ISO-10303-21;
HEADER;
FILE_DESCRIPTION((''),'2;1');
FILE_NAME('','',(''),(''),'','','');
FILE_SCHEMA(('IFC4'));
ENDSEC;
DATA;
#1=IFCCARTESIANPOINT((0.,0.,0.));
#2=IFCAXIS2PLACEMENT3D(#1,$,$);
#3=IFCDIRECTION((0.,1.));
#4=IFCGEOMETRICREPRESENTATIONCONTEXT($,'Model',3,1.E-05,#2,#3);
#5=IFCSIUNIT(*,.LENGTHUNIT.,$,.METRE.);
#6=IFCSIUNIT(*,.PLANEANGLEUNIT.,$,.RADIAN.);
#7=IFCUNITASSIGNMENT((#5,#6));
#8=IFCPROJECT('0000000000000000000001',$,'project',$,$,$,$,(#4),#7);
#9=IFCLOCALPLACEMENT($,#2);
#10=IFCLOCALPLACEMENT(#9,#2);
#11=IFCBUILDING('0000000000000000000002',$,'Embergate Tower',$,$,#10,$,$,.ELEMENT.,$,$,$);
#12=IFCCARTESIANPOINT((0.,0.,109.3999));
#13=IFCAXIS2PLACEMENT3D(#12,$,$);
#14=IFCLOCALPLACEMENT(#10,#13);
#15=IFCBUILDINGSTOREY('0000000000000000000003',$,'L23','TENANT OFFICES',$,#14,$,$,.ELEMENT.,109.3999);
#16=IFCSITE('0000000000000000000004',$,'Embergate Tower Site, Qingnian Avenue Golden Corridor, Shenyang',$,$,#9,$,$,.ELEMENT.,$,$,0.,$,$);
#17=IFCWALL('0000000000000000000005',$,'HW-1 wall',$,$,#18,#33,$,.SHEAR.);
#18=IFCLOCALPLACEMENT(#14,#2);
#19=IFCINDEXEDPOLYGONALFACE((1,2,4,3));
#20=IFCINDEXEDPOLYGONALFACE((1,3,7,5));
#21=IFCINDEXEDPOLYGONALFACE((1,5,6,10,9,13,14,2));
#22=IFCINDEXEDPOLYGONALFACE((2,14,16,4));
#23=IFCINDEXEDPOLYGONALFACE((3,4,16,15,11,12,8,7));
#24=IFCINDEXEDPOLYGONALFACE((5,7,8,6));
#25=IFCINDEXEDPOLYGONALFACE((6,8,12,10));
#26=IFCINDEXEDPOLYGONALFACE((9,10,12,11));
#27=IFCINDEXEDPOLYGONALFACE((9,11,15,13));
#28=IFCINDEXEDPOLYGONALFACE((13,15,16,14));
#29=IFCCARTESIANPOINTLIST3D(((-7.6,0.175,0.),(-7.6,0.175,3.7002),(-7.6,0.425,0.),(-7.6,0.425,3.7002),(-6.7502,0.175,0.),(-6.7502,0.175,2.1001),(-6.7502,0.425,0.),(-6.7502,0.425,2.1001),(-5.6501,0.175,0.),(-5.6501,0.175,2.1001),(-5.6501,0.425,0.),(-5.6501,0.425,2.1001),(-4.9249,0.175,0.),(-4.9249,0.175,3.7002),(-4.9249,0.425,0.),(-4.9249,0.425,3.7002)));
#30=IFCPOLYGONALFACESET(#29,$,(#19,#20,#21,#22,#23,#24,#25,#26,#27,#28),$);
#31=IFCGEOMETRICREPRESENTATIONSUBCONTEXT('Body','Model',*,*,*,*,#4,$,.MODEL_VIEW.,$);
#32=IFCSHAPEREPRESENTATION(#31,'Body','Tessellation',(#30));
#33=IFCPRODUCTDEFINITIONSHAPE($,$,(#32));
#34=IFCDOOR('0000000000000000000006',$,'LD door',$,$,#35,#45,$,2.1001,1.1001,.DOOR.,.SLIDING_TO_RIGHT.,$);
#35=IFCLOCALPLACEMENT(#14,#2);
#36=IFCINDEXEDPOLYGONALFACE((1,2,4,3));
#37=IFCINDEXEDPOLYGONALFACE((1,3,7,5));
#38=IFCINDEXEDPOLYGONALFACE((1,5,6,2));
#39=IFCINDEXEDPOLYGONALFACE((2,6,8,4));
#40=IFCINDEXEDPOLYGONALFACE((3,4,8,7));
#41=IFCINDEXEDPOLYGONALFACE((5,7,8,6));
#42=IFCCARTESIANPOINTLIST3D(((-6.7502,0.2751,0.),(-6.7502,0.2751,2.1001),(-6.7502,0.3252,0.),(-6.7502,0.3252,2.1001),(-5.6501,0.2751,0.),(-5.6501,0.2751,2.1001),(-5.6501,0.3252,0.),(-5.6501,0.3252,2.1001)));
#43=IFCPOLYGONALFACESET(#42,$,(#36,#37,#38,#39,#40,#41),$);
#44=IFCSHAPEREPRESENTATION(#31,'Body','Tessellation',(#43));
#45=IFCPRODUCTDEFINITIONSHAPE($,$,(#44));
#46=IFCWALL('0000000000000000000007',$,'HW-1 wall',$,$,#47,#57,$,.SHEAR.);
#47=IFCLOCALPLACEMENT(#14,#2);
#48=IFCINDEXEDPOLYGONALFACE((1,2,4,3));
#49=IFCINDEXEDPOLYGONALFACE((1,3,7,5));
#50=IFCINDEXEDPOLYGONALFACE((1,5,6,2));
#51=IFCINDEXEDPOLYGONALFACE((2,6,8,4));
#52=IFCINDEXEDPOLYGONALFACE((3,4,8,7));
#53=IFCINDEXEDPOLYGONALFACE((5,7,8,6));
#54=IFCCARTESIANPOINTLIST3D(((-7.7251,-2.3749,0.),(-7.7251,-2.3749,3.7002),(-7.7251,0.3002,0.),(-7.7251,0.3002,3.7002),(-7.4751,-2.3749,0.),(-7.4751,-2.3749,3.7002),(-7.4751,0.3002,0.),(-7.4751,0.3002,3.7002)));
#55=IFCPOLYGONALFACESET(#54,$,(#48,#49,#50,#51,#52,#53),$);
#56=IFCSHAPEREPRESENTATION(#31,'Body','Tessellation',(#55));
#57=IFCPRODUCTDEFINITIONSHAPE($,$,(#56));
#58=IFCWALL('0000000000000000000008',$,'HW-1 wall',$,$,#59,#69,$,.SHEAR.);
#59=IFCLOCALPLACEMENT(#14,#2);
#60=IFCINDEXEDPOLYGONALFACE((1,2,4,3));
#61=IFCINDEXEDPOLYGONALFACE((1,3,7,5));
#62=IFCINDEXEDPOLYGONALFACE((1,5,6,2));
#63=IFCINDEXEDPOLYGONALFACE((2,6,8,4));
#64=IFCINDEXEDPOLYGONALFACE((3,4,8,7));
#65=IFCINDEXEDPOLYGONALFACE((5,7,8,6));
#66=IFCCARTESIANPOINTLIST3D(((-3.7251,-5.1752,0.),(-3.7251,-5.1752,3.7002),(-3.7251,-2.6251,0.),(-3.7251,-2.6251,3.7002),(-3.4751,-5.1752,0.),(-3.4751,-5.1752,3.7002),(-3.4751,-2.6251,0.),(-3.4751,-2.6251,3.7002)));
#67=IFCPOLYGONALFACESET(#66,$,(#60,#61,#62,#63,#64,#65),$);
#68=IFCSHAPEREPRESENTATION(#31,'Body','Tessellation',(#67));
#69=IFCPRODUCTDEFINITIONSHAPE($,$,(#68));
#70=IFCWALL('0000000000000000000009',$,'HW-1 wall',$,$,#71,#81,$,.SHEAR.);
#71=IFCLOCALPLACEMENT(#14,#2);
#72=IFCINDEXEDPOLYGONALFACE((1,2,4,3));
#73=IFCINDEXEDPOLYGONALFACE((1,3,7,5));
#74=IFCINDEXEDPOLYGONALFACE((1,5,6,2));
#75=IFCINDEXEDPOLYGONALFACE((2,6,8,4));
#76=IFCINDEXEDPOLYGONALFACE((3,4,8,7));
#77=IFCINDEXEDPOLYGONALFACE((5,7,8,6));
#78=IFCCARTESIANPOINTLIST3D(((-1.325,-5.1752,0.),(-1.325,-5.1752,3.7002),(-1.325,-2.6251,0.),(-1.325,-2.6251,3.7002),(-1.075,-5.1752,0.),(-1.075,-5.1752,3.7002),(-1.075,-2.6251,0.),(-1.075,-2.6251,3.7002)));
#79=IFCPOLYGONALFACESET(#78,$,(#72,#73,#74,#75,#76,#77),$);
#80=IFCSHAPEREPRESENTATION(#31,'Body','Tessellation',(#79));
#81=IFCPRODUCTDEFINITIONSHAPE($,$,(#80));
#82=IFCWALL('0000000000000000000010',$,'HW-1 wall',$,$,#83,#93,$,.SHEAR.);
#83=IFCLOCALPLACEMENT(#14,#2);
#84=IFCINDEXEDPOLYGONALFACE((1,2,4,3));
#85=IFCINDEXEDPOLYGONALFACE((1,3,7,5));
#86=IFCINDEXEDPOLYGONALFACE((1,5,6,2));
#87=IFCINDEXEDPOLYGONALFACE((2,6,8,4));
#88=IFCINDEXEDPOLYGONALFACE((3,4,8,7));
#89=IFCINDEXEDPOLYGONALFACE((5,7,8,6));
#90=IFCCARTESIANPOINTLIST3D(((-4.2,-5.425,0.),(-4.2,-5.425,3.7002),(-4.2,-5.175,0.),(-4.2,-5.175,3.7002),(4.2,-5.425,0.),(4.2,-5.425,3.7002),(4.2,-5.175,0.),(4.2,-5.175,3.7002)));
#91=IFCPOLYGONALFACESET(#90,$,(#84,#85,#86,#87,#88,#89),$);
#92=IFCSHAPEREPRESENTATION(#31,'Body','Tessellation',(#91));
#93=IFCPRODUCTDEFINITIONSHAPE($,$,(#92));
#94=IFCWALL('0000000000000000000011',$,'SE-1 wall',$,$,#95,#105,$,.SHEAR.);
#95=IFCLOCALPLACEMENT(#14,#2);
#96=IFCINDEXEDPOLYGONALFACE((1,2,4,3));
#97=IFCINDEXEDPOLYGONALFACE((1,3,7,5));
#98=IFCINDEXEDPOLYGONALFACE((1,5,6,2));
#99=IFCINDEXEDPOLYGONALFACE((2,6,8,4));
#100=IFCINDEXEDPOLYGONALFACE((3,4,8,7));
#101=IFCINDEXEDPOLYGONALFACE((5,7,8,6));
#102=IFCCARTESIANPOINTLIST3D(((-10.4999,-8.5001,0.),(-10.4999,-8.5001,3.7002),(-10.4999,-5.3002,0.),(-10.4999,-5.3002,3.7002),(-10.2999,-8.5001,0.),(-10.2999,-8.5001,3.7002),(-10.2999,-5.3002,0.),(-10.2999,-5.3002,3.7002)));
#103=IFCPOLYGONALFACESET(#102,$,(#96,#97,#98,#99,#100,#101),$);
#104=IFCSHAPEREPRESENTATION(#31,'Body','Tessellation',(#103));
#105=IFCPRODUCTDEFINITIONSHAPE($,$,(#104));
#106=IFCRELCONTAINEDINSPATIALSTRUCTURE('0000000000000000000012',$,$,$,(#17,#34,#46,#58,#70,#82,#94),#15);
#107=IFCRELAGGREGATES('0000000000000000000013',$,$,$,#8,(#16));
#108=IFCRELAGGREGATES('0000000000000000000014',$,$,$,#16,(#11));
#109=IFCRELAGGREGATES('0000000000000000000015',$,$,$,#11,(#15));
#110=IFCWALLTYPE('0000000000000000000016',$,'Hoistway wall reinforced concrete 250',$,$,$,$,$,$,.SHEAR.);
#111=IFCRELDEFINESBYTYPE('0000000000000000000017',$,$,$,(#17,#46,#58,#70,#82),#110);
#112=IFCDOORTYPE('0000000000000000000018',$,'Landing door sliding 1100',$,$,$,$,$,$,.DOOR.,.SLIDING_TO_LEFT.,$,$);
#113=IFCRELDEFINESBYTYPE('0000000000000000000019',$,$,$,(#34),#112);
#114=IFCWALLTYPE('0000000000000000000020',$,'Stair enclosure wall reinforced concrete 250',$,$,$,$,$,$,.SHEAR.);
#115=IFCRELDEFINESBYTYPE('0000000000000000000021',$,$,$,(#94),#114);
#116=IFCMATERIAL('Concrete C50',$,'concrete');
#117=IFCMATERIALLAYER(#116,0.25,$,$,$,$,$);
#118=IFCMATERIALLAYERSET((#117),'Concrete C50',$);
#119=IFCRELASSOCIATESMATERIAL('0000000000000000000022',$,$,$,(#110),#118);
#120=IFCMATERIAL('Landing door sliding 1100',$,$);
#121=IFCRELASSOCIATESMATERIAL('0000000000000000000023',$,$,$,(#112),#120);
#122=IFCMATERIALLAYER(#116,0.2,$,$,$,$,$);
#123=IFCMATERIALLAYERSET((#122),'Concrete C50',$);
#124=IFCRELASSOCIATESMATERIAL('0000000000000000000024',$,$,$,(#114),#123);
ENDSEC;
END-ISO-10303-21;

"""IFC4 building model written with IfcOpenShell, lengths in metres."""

from ifc_helpers import new_model, si_unit, direction, frame, frame_2d, origin, place, context, subcontext, project, spatial, rectangle, extrude, source, transform, mapped, material, layer, layer_set, type_object, element, fill, save


model = new_model("IFC4")

# Units and contexts
model_context = context("Model", 3, precision=1e-05, world=origin(), true_north=direction((0.0, 1.0)))
body_context = subcontext(model_context, "Body", "Model", "MODEL_VIEW")
ifc_project = project(units=[si_unit("LENGTHUNIT", "METRE"), si_unit("PLANEANGLEUNIT", "RADIAN")], contexts=[model_context])

# Site, building, storey
site_placement = place(None, origin())
site = spatial("IfcSite", under=ifc_project, at=site_placement, Name="Embergate Tower Site, Qingnian Avenue Golden Corridor, Shenyang", CompositionType="ELEMENT", RefElevation=0.0)
building_placement = place(site_placement, origin())
building = spatial("IfcBuilding", under=site, at=building_placement, Name="Embergate Tower", CompositionType="ELEMENT")
storey_placement = place(building_placement, frame((0.0, 0.0, 109.3999)))
storey = spatial("IfcBuildingStorey", under=building, at=storey_placement, Name="L23", Description="TENANT OFFICES", CompositionType="ELEMENT", Elevation=109.3999)

# Shared definitions
ifc_material_1 = material(Name="Concrete C50", Category="concrete")
ifc_layer_1 = layer(ifc_material_1, 0.25)
ifc_layer_set_1 = layer_set([ifc_layer_1], Name="Concrete C50")
wall_type_1 = type_object("IfcWallType", Name="Hoistway wall reinforced concrete 250", PredefinedType="SHEAR", material=ifc_layer_set_1)
shared_shape_1 = source(origin(), body_context, "Body", "SweptSolid", [
    extrude(rectangle(XDim=2.675, YDim=0.25, at=frame_2d((1.3374, 0.0))), origin(), (0.0, 0.0, 1.0), 3.7002),
])

# Wall, opening, door
wall_1_placement = place(storey_placement, frame((-4.925, 0.3, 0.0), z_axis=(0.0, 0.0, 1.0), x_axis=(-1.0, 0.0, 0.0)))
wall_1 = element("IfcWall", 1, at=wall_1_placement, inside=storey, type_object=wall_type_1, Name="HW-1 wall", PredefinedType="SHEAR", context=body_context, shape_type="MappedRepresentation", body=[
    mapped(shared_shape_1, transform((0.0, 0.0, 0.0))),
])
shared_shape_2 = source(origin(), body_context, "Body", "SweptSolid", [
    extrude(rectangle(XDim=1.1001, YDim=2.1001, at=frame_2d((0.55, 1.05))), frame((0.0, 0.135, 0.0), z_axis=(0.0, -1.0, 0.0), x_axis=(1.0, 0.0, 0.0)), (0.0, 0.0, 1.0), 0.27),
])
opening_1_placement = place(wall_1_placement, frame((0.7251, 0.0, 0.0)))
opening_1 = element("IfcOpeningElement", 2, at=opening_1_placement, cuts=wall_1, PredefinedType="OPENING", context=body_context, shape_type="MappedRepresentation", body=[
    mapped(shared_shape_2, transform((0.0, 0.0, 0.0))),
])
ifc_material_2 = material(Name="Landing door sliding 1100")
door_type_1 = type_object("IfcDoorType", Name="Landing door sliding 1100", OperationType="SLIDING_TO_LEFT", PredefinedType="DOOR", material=ifc_material_2)
shared_shape_3 = source(origin(), body_context, "Body", "SweptSolid", [
    extrude(rectangle(XDim=1.1001, YDim=2.1001, at=frame_2d((0.55, 1.05))), frame((0.0, 0.0249, 0.0), z_axis=(0.0, -1.0, 0.0), x_axis=(1.0, 0.0, 0.0)), (0.0, 0.0, 1.0), 0.05),
])
door_1_placement = place(opening_1_placement, origin())
door_1 = element("IfcDoor", 3, at=door_1_placement, inside=storey, type_object=door_type_1, Name="LD door", OperationType="SLIDING_TO_RIGHT", OverallHeight=2.1001, OverallWidth=1.1001, PredefinedType="DOOR", context=body_context, shape_type="MappedRepresentation", body=[
    mapped(shared_shape_3, transform((0.0, 0.0, 0.0))),
])
fill(opening_1, door_1)

# Walls
wall_2_placement = place(storey_placement, frame((-7.6001, 0.3, 0.0), z_axis=(0.0, 0.0, 1.0), x_axis=(0.0, -1.0, 0.0)))
element("IfcWall", 4, at=wall_2_placement, inside=storey, type_object=wall_type_1, Name="HW-1 wall", PredefinedType="SHEAR", context=body_context, shape_type="MappedRepresentation", body=[
    mapped(shared_shape_1, transform((0.0, 0.0, 0.0))),
])
shared_shape_4 = source(origin(), body_context, "Body", "SweptSolid", [
    extrude(rectangle(XDim=2.55, YDim=0.25, at=frame_2d((1.2749, 0.0))), origin(), (0.0, 0.0, 1.0), 3.7002),
])
for number, where, z_axis, x_axis, name in (
    (5, (-3.6001, -5.175, 0.0), (0.0, 0.0, 1.0), (0.0, 1.0, 0.0), "HW-1 wall"),
    (6, (-1.2, -5.175, 0.0), (0.0, 0.0, 1.0), (0.0, 1.0, 0.0), "HW-1 wall"),
):
    element("IfcWall", number, at=place(storey_placement, frame(where, z_axis=z_axis, x_axis=x_axis)), inside=storey, type_object=wall_type_1, Name=name, PredefinedType="SHEAR", context=body_context, shape_type="MappedRepresentation", body=[
        mapped(shared_shape_4, transform((0.0, 0.0, 0.0))),
    ])
shared_shape_5 = source(origin(), body_context, "Body", "SweptSolid", [
    extrude(rectangle(XDim=8.3999, YDim=0.25, at=frame_2d((4.2, 0.0))), origin(), (0.0, 0.0, 1.0), 3.7002),
])
wall_3_placement = place(storey_placement, frame((-4.2, -5.3, 0.0), z_axis=(0.0, 0.0, 1.0), x_axis=(1.0, 0.0, 0.0)))
element("IfcWall", 7, at=wall_3_placement, inside=storey, type_object=wall_type_1, Name="HW-1 wall", PredefinedType="SHEAR", context=body_context, shape_type="MappedRepresentation", body=[
    mapped(shared_shape_5, transform((0.0, 0.0, 0.0))),
])
ifc_layer_2 = layer(ifc_material_1, 0.2)
ifc_layer_set_2 = layer_set([ifc_layer_2], Name="Concrete C50")
wall_type_2 = type_object("IfcWallType", Name="Stair enclosure wall reinforced concrete 250", PredefinedType="SHEAR", material=ifc_layer_set_2)
shared_shape_6 = source(origin(), body_context, "Body", "SweptSolid", [
    extrude(rectangle(XDim=3.2, YDim=0.2, at=frame_2d((1.6001, 0.0))), origin(), (0.0, 0.0, 1.0), 3.7002),
])
wall_4_placement = place(storey_placement, frame((-10.3999, -5.3, 0.0), z_axis=(0.0, 0.0, 1.0), x_axis=(0.0, -1.0, 0.0)))
element("IfcWall", 8, at=wall_4_placement, inside=storey, type_object=wall_type_2, Name="SE-1 wall", PredefinedType="SHEAR", context=body_context, shape_type="MappedRepresentation", body=[
    mapped(shared_shape_6, transform((0.0, 0.0, 0.0))),
])

save(model, "model.ifc")
